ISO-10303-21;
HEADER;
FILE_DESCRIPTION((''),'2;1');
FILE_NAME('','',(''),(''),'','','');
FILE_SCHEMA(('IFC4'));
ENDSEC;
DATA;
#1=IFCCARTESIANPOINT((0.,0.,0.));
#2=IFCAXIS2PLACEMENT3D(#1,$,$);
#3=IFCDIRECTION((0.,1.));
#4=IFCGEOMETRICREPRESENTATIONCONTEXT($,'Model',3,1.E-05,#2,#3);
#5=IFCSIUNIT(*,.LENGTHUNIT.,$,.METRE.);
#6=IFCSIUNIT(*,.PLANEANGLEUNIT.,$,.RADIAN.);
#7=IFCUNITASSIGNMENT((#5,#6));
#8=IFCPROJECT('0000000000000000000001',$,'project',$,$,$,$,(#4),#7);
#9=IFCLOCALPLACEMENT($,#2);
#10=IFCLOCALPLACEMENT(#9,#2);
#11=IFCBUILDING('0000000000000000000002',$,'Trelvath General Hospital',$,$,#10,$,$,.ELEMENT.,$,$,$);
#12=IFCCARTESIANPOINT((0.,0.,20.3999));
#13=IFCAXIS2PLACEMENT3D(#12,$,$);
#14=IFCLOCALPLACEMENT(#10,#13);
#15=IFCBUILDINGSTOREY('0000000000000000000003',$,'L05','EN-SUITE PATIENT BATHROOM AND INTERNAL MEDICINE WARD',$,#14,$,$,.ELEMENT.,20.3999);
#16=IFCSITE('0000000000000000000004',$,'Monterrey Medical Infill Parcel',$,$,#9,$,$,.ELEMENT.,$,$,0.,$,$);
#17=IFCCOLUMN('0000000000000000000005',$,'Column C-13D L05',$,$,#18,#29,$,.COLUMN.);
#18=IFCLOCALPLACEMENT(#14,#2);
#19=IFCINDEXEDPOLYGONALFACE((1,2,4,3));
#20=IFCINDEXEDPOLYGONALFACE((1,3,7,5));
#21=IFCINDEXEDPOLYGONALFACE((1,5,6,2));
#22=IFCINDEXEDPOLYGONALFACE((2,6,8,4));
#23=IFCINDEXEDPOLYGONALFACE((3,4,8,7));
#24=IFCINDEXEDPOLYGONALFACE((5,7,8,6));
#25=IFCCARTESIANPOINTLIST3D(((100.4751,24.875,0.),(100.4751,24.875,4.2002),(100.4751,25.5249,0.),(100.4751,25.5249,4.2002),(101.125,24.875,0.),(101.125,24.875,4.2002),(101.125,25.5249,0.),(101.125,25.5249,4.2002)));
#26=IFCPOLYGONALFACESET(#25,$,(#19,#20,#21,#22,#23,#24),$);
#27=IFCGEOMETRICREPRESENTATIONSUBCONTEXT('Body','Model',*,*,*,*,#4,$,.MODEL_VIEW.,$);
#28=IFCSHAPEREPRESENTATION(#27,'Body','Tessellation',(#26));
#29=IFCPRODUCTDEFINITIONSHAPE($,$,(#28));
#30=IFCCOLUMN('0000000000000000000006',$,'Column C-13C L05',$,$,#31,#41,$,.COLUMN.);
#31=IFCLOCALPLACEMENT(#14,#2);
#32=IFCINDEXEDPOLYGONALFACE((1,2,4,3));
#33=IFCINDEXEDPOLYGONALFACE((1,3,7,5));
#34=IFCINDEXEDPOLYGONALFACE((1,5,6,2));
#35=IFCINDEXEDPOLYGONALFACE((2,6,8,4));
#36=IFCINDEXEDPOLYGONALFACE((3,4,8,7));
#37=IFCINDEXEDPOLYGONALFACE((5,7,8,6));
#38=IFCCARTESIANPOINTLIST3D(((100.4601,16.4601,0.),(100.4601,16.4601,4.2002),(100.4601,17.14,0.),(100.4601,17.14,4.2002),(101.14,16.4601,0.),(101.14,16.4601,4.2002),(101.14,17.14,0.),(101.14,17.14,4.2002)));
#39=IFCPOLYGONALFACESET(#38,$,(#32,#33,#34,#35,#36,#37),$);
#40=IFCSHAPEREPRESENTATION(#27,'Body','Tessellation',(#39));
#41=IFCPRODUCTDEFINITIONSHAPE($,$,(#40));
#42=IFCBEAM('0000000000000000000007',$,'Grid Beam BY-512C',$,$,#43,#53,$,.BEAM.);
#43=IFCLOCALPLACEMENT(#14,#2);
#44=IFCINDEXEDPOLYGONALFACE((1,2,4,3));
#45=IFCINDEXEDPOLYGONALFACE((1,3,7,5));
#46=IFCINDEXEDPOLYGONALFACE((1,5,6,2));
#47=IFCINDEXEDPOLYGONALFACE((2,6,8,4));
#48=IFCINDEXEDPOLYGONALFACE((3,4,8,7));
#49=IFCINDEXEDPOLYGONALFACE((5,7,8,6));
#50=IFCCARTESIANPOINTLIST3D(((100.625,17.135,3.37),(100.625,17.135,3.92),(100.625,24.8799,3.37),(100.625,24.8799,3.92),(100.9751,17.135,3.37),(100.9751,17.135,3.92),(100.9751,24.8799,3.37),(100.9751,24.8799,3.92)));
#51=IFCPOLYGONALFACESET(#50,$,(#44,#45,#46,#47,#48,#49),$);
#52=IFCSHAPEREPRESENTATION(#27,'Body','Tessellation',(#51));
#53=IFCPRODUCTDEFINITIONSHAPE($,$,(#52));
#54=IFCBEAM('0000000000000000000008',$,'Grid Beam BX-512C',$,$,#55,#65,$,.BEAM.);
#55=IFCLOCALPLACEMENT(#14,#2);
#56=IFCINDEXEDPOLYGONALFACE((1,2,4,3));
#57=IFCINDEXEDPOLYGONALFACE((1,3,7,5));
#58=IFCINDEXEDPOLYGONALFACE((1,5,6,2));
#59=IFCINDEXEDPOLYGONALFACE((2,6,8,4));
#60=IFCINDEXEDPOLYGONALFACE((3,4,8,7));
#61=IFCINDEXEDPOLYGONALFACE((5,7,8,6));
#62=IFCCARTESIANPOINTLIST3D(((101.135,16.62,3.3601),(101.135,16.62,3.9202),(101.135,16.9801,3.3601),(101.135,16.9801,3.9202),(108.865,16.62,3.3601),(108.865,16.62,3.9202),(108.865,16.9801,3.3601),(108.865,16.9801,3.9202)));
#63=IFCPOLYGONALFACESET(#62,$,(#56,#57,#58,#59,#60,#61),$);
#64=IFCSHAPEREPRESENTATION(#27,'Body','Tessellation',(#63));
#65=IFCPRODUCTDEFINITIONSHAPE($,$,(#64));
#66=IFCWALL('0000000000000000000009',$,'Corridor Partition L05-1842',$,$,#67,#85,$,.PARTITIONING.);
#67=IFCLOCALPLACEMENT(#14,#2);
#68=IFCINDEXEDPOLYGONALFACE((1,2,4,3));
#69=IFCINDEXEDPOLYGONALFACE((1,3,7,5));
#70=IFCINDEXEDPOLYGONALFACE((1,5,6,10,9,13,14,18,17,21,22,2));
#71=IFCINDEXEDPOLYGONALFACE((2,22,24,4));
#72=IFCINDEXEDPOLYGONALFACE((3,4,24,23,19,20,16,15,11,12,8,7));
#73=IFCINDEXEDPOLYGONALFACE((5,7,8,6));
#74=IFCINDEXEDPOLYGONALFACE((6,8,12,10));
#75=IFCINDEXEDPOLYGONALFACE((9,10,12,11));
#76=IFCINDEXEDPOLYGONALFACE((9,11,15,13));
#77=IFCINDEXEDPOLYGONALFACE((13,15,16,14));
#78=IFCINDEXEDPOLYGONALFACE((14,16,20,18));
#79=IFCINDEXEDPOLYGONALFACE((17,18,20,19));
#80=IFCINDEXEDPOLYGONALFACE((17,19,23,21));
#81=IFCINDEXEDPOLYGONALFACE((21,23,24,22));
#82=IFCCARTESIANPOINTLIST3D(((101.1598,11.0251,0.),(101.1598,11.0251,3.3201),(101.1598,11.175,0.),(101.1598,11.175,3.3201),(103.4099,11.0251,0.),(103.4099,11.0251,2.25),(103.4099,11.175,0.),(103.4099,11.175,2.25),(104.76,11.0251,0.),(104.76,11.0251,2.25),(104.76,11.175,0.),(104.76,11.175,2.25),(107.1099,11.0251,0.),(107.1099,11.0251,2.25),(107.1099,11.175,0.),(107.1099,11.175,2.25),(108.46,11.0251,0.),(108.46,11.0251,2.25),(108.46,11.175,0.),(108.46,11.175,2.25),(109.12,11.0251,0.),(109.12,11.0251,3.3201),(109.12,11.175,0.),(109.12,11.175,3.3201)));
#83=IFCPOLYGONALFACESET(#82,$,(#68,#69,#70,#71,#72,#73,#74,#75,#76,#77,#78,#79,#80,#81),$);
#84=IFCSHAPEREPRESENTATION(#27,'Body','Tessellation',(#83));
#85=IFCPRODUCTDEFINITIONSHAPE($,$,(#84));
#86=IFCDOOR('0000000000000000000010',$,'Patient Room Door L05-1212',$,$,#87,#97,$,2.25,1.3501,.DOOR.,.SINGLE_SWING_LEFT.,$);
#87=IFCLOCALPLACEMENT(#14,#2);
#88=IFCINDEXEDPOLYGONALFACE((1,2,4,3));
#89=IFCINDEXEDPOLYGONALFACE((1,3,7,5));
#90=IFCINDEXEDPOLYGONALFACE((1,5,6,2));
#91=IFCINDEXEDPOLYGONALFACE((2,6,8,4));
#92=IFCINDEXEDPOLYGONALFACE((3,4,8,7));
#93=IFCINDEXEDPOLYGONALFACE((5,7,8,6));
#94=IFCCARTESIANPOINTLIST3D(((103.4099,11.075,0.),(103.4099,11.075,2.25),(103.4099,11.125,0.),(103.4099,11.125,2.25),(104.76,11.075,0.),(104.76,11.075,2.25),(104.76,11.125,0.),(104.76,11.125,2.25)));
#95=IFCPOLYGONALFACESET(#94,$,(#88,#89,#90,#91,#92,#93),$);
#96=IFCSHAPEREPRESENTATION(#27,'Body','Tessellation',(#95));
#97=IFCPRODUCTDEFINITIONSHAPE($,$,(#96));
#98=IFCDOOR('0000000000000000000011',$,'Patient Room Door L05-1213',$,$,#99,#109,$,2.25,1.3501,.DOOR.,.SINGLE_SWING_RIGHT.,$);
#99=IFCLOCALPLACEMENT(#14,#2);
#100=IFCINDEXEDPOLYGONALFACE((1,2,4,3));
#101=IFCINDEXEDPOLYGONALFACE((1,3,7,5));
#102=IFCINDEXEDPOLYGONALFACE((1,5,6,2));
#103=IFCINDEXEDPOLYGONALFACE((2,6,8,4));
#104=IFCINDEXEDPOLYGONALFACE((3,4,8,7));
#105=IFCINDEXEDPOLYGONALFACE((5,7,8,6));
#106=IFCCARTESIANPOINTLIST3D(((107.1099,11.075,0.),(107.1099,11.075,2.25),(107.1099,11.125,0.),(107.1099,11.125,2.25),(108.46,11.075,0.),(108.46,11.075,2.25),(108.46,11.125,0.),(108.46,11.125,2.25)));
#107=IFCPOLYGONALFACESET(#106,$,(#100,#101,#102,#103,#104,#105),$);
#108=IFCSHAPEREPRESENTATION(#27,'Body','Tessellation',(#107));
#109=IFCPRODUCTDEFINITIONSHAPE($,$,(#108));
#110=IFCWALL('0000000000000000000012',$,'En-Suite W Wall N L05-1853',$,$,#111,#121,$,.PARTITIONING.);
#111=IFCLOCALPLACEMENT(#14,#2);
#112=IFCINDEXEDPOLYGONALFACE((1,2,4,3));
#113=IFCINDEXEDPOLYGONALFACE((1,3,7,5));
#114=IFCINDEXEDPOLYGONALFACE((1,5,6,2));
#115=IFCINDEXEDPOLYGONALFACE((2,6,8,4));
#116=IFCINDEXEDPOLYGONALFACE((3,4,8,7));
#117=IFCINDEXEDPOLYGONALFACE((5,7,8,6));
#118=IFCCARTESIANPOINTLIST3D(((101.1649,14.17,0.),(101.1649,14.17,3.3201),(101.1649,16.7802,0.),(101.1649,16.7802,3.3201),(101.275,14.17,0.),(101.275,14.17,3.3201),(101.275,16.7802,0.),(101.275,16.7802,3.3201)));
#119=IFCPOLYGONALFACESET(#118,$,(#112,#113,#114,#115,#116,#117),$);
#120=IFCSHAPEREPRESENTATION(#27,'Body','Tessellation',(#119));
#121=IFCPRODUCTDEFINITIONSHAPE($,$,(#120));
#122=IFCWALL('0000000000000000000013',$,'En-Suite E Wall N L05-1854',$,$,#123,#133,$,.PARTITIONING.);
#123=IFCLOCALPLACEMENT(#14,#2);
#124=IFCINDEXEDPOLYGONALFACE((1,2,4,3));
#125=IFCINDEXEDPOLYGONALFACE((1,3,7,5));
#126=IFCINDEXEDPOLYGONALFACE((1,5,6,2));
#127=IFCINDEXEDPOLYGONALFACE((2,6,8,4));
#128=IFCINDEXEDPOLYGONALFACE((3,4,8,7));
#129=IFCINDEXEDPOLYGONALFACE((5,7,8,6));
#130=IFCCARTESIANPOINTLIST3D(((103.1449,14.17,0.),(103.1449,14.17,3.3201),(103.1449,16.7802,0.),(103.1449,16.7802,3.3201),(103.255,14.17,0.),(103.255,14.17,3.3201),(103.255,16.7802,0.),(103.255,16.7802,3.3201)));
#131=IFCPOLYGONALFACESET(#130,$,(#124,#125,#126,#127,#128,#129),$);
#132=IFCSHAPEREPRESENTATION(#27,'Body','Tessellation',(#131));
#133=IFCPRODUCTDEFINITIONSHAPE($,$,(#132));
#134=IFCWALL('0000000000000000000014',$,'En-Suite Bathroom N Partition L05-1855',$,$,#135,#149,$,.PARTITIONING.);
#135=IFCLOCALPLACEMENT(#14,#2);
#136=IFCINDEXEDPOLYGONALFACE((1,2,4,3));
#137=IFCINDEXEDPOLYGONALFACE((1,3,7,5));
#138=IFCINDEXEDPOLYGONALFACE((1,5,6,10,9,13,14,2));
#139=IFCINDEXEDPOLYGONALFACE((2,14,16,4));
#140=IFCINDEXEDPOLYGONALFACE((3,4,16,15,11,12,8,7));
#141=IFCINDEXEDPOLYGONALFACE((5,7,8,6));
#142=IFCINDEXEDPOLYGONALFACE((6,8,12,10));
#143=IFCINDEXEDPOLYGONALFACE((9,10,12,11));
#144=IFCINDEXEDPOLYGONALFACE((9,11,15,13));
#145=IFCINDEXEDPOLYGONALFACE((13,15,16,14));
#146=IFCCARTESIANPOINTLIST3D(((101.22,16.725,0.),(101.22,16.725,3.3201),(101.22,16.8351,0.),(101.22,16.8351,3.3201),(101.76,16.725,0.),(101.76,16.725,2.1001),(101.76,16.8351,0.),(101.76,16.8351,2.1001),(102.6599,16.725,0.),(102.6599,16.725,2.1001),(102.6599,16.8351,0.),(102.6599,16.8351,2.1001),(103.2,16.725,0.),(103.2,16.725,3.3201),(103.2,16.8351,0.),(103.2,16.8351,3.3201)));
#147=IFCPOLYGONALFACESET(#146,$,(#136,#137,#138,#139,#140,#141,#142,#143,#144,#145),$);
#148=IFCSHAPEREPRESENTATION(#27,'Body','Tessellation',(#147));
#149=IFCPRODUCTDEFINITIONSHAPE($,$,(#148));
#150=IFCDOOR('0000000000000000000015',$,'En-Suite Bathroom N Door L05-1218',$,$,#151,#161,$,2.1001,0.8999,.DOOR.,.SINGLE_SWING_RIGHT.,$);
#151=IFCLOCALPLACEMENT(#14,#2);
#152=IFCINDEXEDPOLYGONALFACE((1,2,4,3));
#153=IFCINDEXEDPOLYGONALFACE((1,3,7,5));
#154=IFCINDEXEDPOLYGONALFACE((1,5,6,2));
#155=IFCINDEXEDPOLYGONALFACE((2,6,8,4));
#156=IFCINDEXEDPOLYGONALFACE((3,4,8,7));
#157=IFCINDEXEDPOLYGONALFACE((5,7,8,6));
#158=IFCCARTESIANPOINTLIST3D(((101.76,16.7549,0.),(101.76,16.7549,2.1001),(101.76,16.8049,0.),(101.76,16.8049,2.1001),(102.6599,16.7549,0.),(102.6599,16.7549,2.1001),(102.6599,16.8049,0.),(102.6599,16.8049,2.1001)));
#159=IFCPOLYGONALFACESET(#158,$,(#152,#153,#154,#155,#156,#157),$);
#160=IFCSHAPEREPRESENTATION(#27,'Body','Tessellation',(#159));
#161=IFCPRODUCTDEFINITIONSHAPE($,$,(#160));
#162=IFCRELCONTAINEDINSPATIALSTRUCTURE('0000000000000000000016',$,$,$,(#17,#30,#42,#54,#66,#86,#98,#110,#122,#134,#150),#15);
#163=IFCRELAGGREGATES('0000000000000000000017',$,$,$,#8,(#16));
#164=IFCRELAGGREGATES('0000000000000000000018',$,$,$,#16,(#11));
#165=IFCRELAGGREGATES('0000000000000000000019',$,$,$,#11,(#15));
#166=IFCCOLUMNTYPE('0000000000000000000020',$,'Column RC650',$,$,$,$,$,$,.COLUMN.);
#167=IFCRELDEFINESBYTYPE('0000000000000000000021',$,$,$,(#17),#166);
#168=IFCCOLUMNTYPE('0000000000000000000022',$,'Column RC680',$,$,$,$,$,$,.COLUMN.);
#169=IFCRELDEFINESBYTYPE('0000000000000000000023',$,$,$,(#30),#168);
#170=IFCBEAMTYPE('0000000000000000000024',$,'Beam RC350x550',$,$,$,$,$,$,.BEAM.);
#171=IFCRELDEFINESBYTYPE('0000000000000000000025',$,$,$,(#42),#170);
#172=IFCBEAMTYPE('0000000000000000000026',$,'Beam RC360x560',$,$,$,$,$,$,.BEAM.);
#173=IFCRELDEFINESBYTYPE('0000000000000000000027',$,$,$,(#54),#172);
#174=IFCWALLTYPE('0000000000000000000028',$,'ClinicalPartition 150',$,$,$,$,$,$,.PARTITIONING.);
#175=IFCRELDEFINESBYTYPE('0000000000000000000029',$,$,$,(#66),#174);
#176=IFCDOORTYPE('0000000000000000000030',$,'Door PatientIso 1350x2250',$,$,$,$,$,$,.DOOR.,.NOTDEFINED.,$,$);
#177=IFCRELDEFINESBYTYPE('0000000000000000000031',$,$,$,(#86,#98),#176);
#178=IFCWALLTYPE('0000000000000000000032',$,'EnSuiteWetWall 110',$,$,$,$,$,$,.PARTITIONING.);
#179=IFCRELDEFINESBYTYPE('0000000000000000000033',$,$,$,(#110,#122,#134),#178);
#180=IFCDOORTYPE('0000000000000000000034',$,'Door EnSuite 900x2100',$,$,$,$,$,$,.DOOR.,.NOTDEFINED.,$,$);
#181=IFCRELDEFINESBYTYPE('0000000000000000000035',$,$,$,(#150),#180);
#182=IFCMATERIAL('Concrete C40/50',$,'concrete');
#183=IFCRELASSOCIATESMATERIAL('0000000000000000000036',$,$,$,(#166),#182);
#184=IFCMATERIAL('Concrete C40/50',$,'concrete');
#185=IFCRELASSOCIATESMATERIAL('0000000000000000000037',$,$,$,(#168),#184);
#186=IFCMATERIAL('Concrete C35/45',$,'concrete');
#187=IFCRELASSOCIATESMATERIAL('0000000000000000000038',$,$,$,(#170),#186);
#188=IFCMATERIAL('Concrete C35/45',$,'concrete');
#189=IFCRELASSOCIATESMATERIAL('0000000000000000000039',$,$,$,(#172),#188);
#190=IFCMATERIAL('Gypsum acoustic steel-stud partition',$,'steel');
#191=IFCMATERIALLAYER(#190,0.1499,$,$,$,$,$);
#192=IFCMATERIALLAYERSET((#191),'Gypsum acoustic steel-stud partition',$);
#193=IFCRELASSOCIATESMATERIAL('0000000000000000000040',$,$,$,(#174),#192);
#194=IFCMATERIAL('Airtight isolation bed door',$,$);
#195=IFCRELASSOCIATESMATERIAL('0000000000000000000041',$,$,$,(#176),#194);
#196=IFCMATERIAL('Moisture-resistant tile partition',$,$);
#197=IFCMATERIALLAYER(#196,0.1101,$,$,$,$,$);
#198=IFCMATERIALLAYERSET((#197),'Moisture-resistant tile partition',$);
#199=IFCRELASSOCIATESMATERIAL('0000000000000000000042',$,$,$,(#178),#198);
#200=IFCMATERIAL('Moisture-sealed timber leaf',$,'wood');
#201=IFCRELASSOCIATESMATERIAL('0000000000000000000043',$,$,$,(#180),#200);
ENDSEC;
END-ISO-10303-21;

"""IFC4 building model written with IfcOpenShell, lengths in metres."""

from ifc_helpers import new_model, si_unit, direction, frame, frame_2d, origin, origin_2d, place, context, subcontext, project, spatial, rectangle, extrude, material, layer, layer_set, material_profile, profile_set, type_object, element, fill, save


model = new_model("IFC4")

# Units and contexts
model_context = context("Model", 3, precision=1e-05, world=origin(), true_north=direction((0.0, 1.0)))
body_context = subcontext(model_context, "Body", "Model", "MODEL_VIEW")
ifc_project = project(units=[si_unit("LENGTHUNIT", "METRE"), si_unit("PLANEANGLEUNIT", "RADIAN")], contexts=[model_context])

# Site, building, storey
site_placement = place(None, origin())
site = spatial("IfcSite", under=ifc_project, at=site_placement, Name="Monterrey Medical Infill Parcel", CompositionType="ELEMENT", RefElevation=0.0)
building_placement = place(site_placement, origin())
building = spatial("IfcBuilding", under=site, at=building_placement, Name="Trelvath General Hospital", CompositionType="ELEMENT")
storey_placement = place(building_placement, frame((0.0, 0.0, 20.3999)))
storey = spatial("IfcBuildingStorey", under=building, at=storey_placement, Name="L05", Description="EN-SUITE PATIENT BATHROOM AND INTERNAL MEDICINE WARD", CompositionType="ELEMENT", Elevation=20.3999)

# Columns
ifc_material_1 = material(Name="Concrete C40/50", Category="concrete")
ifc_material_profile_1 = material_profile(ifc_material_1, rectangle(XDim=0.6499, YDim=0.6499, at=origin_2d()), Name="RC650x650")
ifc_profile_set_1 = profile_set([ifc_material_profile_1], Name="Concrete C40/50")
column_type_1 = type_object("IfcColumnType", Name="Column RC650", PredefinedType="COLUMN", material=ifc_profile_set_1)
column_1_placement = place(storey_placement, frame((100.8, 25.2, 0.0), z_axis=(0.0, 0.0, 1.0), x_axis=(1.0, 0.0, 0.0)))
element("IfcColumn", 1, at=column_1_placement, inside=storey, type_object=column_type_1, Name="Column C-13D L05", PredefinedType="COLUMN", context=body_context, shape_type="SweptSolid", body=[
    extrude(rectangle(XDim=0.6499, YDim=0.6499, at=origin_2d()), origin(), (0.0, 0.0, 1.0), 4.2002),
])
ifc_material_2 = material(Name="Concrete C40/50", Category="concrete")
ifc_material_profile_2 = material_profile(ifc_material_2, rectangle(XDim=0.6799, YDim=0.6799, at=origin_2d()), Name="RC680x680")
ifc_profile_set_2 = profile_set([ifc_material_profile_2], Name="Concrete C40/50")
column_type_2 = type_object("IfcColumnType", Name="Column RC680", PredefinedType="COLUMN", material=ifc_profile_set_2)
column_2_placement = place(storey_placement, frame((100.8, 16.8, 0.0), z_axis=(0.0, 0.0, 1.0), x_axis=(1.0, 0.0, 0.0)))
element("IfcColumn", 2, at=column_2_placement, inside=storey, type_object=column_type_2, Name="Column C-13C L05", PredefinedType="COLUMN", context=body_context, shape_type="SweptSolid", body=[
    extrude(rectangle(XDim=0.6799, YDim=0.6799, at=origin_2d()), origin(), (0.0, 0.0, 1.0), 4.2002),
])

# Beams
ifc_material_3 = material(Name="Concrete C35/45", Category="concrete")
ifc_material_profile_3 = material_profile(ifc_material_3, rectangle(XDim=0.3501, YDim=0.55, at=origin_2d()), Name="RCB350x550")
ifc_profile_set_3 = profile_set([ifc_material_profile_3], Name="Concrete C35/45")
beam_type_1 = type_object("IfcBeamType", Name="Beam RC350x550", PredefinedType="BEAM", material=ifc_profile_set_3)
beam_1_placement = place(storey_placement, frame((100.8, 17.135, 3.645), z_axis=(0.0, 1.0, 0.0), x_axis=(-1.0, 0.0, 0.0)))
element("IfcBeam", 3, at=beam_1_placement, inside=storey, type_object=beam_type_1, Name="Grid Beam BY-512C", PredefinedType="BEAM", context=body_context, shape_type="SweptSolid", body=[
    extrude(rectangle(XDim=0.3501, YDim=0.55, at=origin_2d()), origin(), (0.0, 0.0, 1.0), 7.7449),
])
ifc_material_4 = material(Name="Concrete C35/45", Category="concrete")
ifc_material_profile_4 = material_profile(ifc_material_4, rectangle(XDim=0.3601, YDim=0.5601, at=origin_2d()), Name="RCB360x560")
ifc_profile_set_4 = profile_set([ifc_material_profile_4], Name="Concrete C35/45")
beam_type_2 = type_object("IfcBeamType", Name="Beam RC360x560", PredefinedType="BEAM", material=ifc_profile_set_4)
beam_2_placement = place(storey_placement, frame((101.135, 16.8, 3.6401), z_axis=(1.0, 0.0, 0.0), x_axis=(0.0, 1.0, 0.0)))
element("IfcBeam", 4, at=beam_2_placement, inside=storey, type_object=beam_type_2, Name="Grid Beam BX-512C", PredefinedType="BEAM", context=body_context, shape_type="SweptSolid", body=[
    extrude(rectangle(XDim=0.3601, YDim=0.5601, at=origin_2d()), origin(), (0.0, 0.0, 1.0), 7.73),
])

# Wall, openings, doors
ifc_material_5 = material(Name="Gypsum acoustic steel-stud partition", Category="steel")
ifc_layer_1 = layer(ifc_material_5, 0.1499)
ifc_layer_set_1 = layer_set([ifc_layer_1], Name="Gypsum acoustic steel-stud partition")
wall_type_1 = type_object("IfcWallType", Name="ClinicalPartition 150", PredefinedType="PARTITIONING", material=ifc_layer_set_1)
wall_1_placement = place(storey_placement, frame((101.1599, 11.1001, 0.0), z_axis=(0.0, 0.0, 1.0), x_axis=(1.0, 0.0, 0.0)))
wall_1 = element("IfcWall", 5, at=wall_1_placement, inside=storey, type_object=wall_type_1, Name="Corridor Partition L05-1842", PredefinedType="PARTITIONING", context=body_context, shape_type="SweptSolid", body=[
    extrude(rectangle(XDim=7.9602, YDim=0.1499, at=frame_2d((3.98, 0.0))), origin(), (0.0, 0.0, 1.0), 3.3201),
])
opening_1_placement = place(wall_1_placement, frame((2.25, 0.0, 0.0)))
opening_1 = element("IfcOpeningElement", 6, at=opening_1_placement, cuts=wall_1, PredefinedType="OPENING", context=body_context, shape_type="SweptSolid", body=[
    extrude(rectangle(XDim=1.3501, YDim=2.25, at=frame_2d((0.675, 1.125))), frame((0.0, 0.085, 0.0), z_axis=(0.0, -1.0, 0.0), x_axis=(1.0, 0.0, 0.0)), (0.0, 0.0, 1.0), 0.1699),
])
opening_2_placement = place(wall_1_placement, frame((5.95, 0.0, 0.0)))
opening_2 = element("IfcOpeningElement", 7, at=opening_2_placement, cuts=wall_1, PredefinedType="OPENING", context=body_context, shape_type="SweptSolid", body=[
    extrude(rectangle(XDim=1.3501, YDim=2.25, at=frame_2d((0.675, 1.125))), frame((0.0, 0.085, 0.0), z_axis=(0.0, -1.0, 0.0), x_axis=(1.0, 0.0, 0.0)), (0.0, 0.0, 1.0), 0.1699),
])
ifc_material_6 = material(Name="Airtight isolation bed door")
door_type_1 = type_object("IfcDoorType", Name="Door PatientIso 1350x2250", OperationType="NOTDEFINED", PredefinedType="DOOR", material=ifc_material_6)
door_1_placement = place(opening_1_placement, origin())
door_1 = element("IfcDoor", 8, at=door_1_placement, inside=storey, type_object=door_type_1, Name="Patient Room Door L05-1212", OperationType="SINGLE_SWING_LEFT", OverallHeight=2.25, OverallWidth=1.3501, PredefinedType="DOOR", context=body_context, shape_type="SweptSolid", body=[
    extrude(rectangle(XDim=1.3501, YDim=2.25, at=frame_2d((0.675, 1.125))), frame((0.0, 0.0249, 0.0), z_axis=(0.0, -1.0, 0.0), x_axis=(1.0, 0.0, 0.0)), (0.0, 0.0, 1.0), 0.05),
])
fill(opening_1, door_1)
door_2_placement = place(opening_2_placement, origin())
door_2 = element("IfcDoor", 9, at=door_2_placement, inside=storey, type_object=door_type_1, Name="Patient Room Door L05-1213", OperationType="SINGLE_SWING_RIGHT", OverallHeight=2.25, OverallWidth=1.3501, PredefinedType="DOOR", context=body_context, shape_type="SweptSolid", body=[
    extrude(rectangle(XDim=1.3501, YDim=2.25, at=frame_2d((0.675, 1.125))), frame((0.0, 0.0249, 0.0), z_axis=(0.0, -1.0, 0.0), x_axis=(1.0, 0.0, 0.0)), (0.0, 0.0, 1.0), 0.05),
])
fill(opening_2, door_2)

# Walls
ifc_material_7 = material(Name="Moisture-resistant tile partition")
ifc_layer_2 = layer(ifc_material_7, 0.1101)
ifc_layer_set_2 = layer_set([ifc_layer_2], Name="Moisture-resistant tile partition")
wall_type_2 = type_object("IfcWallType", Name="EnSuiteWetWall 110", PredefinedType="PARTITIONING", material=ifc_layer_set_2)
for number, where, z_axis, x_axis, name in (
    (10, (101.22, 14.1699, 0.0), (0.0, 0.0, 1.0), (0.0, 1.0, 0.0), "En-Suite W Wall N L05-1853"),
    (11, (103.2, 14.1699, 0.0), (0.0, 0.0, 1.0), (0.0, 1.0, 0.0), "En-Suite E Wall N L05-1854"),
):
    element("IfcWall", number, at=place(storey_placement, frame(where, z_axis=z_axis, x_axis=x_axis)), inside=storey, type_object=wall_type_2, Name=name, PredefinedType="PARTITIONING", context=body_context, shape_type="SweptSolid", body=[
        extrude(rectangle(XDim=2.6101, YDim=0.1101, at=frame_2d((1.3052, 0.0))), origin(), (0.0, 0.0, 1.0), 3.3201),
    ])

# Wall, opening, door
wall_2_placement = place(storey_placement, frame((101.22, 16.78, 0.0), z_axis=(0.0, 0.0, 1.0), x_axis=(1.0, 0.0, 0.0)))
wall_2 = element("IfcWall", 12, at=wall_2_placement, inside=storey, type_object=wall_type_2, Name="En-Suite Bathroom N Partition L05-1855", PredefinedType="PARTITIONING", context=body_context, shape_type="SweptSolid", body=[
    extrude(rectangle(XDim=1.98, YDim=0.1101, at=frame_2d((0.99, 0.0))), origin(), (0.0, 0.0, 1.0), 3.3201),
])
opening_3_placement = place(wall_2_placement, frame((0.54, 0.0, 0.0)))
opening_3 = element("IfcOpeningElement", 13, at=opening_3_placement, cuts=wall_2, PredefinedType="OPENING", context=body_context, shape_type="SweptSolid", body=[
    extrude(rectangle(XDim=0.8999, YDim=2.1001, at=frame_2d((0.45, 1.05))), frame((0.0, 0.0649, 0.0), z_axis=(0.0, -1.0, 0.0), x_axis=(1.0, 0.0, 0.0)), (0.0, 0.0, 1.0), 0.1301),
])
ifc_material_8 = material(Name="Moisture-sealed timber leaf", Category="wood")
door_type_2 = type_object("IfcDoorType", Name="Door EnSuite 900x2100", OperationType="NOTDEFINED", PredefinedType="DOOR", material=ifc_material_8)
door_3_placement = place(opening_3_placement, origin())
door_3 = element("IfcDoor", 14, at=door_3_placement, inside=storey, type_object=door_type_2, Name="En-Suite Bathroom N Door L05-1218", OperationType="SINGLE_SWING_RIGHT", OverallHeight=2.1001, OverallWidth=0.8999, PredefinedType="DOOR", context=body_context, shape_type="SweptSolid", body=[
    extrude(rectangle(XDim=0.8999, YDim=2.1001, at=frame_2d((0.45, 1.05))), frame((0.0, 0.0249, 0.0), z_axis=(0.0, -1.0, 0.0), x_axis=(1.0, 0.0, 0.0)), (0.0, 0.0, 1.0), 0.05),
])
fill(opening_3, door_3)

save(model, "model.ifc")
